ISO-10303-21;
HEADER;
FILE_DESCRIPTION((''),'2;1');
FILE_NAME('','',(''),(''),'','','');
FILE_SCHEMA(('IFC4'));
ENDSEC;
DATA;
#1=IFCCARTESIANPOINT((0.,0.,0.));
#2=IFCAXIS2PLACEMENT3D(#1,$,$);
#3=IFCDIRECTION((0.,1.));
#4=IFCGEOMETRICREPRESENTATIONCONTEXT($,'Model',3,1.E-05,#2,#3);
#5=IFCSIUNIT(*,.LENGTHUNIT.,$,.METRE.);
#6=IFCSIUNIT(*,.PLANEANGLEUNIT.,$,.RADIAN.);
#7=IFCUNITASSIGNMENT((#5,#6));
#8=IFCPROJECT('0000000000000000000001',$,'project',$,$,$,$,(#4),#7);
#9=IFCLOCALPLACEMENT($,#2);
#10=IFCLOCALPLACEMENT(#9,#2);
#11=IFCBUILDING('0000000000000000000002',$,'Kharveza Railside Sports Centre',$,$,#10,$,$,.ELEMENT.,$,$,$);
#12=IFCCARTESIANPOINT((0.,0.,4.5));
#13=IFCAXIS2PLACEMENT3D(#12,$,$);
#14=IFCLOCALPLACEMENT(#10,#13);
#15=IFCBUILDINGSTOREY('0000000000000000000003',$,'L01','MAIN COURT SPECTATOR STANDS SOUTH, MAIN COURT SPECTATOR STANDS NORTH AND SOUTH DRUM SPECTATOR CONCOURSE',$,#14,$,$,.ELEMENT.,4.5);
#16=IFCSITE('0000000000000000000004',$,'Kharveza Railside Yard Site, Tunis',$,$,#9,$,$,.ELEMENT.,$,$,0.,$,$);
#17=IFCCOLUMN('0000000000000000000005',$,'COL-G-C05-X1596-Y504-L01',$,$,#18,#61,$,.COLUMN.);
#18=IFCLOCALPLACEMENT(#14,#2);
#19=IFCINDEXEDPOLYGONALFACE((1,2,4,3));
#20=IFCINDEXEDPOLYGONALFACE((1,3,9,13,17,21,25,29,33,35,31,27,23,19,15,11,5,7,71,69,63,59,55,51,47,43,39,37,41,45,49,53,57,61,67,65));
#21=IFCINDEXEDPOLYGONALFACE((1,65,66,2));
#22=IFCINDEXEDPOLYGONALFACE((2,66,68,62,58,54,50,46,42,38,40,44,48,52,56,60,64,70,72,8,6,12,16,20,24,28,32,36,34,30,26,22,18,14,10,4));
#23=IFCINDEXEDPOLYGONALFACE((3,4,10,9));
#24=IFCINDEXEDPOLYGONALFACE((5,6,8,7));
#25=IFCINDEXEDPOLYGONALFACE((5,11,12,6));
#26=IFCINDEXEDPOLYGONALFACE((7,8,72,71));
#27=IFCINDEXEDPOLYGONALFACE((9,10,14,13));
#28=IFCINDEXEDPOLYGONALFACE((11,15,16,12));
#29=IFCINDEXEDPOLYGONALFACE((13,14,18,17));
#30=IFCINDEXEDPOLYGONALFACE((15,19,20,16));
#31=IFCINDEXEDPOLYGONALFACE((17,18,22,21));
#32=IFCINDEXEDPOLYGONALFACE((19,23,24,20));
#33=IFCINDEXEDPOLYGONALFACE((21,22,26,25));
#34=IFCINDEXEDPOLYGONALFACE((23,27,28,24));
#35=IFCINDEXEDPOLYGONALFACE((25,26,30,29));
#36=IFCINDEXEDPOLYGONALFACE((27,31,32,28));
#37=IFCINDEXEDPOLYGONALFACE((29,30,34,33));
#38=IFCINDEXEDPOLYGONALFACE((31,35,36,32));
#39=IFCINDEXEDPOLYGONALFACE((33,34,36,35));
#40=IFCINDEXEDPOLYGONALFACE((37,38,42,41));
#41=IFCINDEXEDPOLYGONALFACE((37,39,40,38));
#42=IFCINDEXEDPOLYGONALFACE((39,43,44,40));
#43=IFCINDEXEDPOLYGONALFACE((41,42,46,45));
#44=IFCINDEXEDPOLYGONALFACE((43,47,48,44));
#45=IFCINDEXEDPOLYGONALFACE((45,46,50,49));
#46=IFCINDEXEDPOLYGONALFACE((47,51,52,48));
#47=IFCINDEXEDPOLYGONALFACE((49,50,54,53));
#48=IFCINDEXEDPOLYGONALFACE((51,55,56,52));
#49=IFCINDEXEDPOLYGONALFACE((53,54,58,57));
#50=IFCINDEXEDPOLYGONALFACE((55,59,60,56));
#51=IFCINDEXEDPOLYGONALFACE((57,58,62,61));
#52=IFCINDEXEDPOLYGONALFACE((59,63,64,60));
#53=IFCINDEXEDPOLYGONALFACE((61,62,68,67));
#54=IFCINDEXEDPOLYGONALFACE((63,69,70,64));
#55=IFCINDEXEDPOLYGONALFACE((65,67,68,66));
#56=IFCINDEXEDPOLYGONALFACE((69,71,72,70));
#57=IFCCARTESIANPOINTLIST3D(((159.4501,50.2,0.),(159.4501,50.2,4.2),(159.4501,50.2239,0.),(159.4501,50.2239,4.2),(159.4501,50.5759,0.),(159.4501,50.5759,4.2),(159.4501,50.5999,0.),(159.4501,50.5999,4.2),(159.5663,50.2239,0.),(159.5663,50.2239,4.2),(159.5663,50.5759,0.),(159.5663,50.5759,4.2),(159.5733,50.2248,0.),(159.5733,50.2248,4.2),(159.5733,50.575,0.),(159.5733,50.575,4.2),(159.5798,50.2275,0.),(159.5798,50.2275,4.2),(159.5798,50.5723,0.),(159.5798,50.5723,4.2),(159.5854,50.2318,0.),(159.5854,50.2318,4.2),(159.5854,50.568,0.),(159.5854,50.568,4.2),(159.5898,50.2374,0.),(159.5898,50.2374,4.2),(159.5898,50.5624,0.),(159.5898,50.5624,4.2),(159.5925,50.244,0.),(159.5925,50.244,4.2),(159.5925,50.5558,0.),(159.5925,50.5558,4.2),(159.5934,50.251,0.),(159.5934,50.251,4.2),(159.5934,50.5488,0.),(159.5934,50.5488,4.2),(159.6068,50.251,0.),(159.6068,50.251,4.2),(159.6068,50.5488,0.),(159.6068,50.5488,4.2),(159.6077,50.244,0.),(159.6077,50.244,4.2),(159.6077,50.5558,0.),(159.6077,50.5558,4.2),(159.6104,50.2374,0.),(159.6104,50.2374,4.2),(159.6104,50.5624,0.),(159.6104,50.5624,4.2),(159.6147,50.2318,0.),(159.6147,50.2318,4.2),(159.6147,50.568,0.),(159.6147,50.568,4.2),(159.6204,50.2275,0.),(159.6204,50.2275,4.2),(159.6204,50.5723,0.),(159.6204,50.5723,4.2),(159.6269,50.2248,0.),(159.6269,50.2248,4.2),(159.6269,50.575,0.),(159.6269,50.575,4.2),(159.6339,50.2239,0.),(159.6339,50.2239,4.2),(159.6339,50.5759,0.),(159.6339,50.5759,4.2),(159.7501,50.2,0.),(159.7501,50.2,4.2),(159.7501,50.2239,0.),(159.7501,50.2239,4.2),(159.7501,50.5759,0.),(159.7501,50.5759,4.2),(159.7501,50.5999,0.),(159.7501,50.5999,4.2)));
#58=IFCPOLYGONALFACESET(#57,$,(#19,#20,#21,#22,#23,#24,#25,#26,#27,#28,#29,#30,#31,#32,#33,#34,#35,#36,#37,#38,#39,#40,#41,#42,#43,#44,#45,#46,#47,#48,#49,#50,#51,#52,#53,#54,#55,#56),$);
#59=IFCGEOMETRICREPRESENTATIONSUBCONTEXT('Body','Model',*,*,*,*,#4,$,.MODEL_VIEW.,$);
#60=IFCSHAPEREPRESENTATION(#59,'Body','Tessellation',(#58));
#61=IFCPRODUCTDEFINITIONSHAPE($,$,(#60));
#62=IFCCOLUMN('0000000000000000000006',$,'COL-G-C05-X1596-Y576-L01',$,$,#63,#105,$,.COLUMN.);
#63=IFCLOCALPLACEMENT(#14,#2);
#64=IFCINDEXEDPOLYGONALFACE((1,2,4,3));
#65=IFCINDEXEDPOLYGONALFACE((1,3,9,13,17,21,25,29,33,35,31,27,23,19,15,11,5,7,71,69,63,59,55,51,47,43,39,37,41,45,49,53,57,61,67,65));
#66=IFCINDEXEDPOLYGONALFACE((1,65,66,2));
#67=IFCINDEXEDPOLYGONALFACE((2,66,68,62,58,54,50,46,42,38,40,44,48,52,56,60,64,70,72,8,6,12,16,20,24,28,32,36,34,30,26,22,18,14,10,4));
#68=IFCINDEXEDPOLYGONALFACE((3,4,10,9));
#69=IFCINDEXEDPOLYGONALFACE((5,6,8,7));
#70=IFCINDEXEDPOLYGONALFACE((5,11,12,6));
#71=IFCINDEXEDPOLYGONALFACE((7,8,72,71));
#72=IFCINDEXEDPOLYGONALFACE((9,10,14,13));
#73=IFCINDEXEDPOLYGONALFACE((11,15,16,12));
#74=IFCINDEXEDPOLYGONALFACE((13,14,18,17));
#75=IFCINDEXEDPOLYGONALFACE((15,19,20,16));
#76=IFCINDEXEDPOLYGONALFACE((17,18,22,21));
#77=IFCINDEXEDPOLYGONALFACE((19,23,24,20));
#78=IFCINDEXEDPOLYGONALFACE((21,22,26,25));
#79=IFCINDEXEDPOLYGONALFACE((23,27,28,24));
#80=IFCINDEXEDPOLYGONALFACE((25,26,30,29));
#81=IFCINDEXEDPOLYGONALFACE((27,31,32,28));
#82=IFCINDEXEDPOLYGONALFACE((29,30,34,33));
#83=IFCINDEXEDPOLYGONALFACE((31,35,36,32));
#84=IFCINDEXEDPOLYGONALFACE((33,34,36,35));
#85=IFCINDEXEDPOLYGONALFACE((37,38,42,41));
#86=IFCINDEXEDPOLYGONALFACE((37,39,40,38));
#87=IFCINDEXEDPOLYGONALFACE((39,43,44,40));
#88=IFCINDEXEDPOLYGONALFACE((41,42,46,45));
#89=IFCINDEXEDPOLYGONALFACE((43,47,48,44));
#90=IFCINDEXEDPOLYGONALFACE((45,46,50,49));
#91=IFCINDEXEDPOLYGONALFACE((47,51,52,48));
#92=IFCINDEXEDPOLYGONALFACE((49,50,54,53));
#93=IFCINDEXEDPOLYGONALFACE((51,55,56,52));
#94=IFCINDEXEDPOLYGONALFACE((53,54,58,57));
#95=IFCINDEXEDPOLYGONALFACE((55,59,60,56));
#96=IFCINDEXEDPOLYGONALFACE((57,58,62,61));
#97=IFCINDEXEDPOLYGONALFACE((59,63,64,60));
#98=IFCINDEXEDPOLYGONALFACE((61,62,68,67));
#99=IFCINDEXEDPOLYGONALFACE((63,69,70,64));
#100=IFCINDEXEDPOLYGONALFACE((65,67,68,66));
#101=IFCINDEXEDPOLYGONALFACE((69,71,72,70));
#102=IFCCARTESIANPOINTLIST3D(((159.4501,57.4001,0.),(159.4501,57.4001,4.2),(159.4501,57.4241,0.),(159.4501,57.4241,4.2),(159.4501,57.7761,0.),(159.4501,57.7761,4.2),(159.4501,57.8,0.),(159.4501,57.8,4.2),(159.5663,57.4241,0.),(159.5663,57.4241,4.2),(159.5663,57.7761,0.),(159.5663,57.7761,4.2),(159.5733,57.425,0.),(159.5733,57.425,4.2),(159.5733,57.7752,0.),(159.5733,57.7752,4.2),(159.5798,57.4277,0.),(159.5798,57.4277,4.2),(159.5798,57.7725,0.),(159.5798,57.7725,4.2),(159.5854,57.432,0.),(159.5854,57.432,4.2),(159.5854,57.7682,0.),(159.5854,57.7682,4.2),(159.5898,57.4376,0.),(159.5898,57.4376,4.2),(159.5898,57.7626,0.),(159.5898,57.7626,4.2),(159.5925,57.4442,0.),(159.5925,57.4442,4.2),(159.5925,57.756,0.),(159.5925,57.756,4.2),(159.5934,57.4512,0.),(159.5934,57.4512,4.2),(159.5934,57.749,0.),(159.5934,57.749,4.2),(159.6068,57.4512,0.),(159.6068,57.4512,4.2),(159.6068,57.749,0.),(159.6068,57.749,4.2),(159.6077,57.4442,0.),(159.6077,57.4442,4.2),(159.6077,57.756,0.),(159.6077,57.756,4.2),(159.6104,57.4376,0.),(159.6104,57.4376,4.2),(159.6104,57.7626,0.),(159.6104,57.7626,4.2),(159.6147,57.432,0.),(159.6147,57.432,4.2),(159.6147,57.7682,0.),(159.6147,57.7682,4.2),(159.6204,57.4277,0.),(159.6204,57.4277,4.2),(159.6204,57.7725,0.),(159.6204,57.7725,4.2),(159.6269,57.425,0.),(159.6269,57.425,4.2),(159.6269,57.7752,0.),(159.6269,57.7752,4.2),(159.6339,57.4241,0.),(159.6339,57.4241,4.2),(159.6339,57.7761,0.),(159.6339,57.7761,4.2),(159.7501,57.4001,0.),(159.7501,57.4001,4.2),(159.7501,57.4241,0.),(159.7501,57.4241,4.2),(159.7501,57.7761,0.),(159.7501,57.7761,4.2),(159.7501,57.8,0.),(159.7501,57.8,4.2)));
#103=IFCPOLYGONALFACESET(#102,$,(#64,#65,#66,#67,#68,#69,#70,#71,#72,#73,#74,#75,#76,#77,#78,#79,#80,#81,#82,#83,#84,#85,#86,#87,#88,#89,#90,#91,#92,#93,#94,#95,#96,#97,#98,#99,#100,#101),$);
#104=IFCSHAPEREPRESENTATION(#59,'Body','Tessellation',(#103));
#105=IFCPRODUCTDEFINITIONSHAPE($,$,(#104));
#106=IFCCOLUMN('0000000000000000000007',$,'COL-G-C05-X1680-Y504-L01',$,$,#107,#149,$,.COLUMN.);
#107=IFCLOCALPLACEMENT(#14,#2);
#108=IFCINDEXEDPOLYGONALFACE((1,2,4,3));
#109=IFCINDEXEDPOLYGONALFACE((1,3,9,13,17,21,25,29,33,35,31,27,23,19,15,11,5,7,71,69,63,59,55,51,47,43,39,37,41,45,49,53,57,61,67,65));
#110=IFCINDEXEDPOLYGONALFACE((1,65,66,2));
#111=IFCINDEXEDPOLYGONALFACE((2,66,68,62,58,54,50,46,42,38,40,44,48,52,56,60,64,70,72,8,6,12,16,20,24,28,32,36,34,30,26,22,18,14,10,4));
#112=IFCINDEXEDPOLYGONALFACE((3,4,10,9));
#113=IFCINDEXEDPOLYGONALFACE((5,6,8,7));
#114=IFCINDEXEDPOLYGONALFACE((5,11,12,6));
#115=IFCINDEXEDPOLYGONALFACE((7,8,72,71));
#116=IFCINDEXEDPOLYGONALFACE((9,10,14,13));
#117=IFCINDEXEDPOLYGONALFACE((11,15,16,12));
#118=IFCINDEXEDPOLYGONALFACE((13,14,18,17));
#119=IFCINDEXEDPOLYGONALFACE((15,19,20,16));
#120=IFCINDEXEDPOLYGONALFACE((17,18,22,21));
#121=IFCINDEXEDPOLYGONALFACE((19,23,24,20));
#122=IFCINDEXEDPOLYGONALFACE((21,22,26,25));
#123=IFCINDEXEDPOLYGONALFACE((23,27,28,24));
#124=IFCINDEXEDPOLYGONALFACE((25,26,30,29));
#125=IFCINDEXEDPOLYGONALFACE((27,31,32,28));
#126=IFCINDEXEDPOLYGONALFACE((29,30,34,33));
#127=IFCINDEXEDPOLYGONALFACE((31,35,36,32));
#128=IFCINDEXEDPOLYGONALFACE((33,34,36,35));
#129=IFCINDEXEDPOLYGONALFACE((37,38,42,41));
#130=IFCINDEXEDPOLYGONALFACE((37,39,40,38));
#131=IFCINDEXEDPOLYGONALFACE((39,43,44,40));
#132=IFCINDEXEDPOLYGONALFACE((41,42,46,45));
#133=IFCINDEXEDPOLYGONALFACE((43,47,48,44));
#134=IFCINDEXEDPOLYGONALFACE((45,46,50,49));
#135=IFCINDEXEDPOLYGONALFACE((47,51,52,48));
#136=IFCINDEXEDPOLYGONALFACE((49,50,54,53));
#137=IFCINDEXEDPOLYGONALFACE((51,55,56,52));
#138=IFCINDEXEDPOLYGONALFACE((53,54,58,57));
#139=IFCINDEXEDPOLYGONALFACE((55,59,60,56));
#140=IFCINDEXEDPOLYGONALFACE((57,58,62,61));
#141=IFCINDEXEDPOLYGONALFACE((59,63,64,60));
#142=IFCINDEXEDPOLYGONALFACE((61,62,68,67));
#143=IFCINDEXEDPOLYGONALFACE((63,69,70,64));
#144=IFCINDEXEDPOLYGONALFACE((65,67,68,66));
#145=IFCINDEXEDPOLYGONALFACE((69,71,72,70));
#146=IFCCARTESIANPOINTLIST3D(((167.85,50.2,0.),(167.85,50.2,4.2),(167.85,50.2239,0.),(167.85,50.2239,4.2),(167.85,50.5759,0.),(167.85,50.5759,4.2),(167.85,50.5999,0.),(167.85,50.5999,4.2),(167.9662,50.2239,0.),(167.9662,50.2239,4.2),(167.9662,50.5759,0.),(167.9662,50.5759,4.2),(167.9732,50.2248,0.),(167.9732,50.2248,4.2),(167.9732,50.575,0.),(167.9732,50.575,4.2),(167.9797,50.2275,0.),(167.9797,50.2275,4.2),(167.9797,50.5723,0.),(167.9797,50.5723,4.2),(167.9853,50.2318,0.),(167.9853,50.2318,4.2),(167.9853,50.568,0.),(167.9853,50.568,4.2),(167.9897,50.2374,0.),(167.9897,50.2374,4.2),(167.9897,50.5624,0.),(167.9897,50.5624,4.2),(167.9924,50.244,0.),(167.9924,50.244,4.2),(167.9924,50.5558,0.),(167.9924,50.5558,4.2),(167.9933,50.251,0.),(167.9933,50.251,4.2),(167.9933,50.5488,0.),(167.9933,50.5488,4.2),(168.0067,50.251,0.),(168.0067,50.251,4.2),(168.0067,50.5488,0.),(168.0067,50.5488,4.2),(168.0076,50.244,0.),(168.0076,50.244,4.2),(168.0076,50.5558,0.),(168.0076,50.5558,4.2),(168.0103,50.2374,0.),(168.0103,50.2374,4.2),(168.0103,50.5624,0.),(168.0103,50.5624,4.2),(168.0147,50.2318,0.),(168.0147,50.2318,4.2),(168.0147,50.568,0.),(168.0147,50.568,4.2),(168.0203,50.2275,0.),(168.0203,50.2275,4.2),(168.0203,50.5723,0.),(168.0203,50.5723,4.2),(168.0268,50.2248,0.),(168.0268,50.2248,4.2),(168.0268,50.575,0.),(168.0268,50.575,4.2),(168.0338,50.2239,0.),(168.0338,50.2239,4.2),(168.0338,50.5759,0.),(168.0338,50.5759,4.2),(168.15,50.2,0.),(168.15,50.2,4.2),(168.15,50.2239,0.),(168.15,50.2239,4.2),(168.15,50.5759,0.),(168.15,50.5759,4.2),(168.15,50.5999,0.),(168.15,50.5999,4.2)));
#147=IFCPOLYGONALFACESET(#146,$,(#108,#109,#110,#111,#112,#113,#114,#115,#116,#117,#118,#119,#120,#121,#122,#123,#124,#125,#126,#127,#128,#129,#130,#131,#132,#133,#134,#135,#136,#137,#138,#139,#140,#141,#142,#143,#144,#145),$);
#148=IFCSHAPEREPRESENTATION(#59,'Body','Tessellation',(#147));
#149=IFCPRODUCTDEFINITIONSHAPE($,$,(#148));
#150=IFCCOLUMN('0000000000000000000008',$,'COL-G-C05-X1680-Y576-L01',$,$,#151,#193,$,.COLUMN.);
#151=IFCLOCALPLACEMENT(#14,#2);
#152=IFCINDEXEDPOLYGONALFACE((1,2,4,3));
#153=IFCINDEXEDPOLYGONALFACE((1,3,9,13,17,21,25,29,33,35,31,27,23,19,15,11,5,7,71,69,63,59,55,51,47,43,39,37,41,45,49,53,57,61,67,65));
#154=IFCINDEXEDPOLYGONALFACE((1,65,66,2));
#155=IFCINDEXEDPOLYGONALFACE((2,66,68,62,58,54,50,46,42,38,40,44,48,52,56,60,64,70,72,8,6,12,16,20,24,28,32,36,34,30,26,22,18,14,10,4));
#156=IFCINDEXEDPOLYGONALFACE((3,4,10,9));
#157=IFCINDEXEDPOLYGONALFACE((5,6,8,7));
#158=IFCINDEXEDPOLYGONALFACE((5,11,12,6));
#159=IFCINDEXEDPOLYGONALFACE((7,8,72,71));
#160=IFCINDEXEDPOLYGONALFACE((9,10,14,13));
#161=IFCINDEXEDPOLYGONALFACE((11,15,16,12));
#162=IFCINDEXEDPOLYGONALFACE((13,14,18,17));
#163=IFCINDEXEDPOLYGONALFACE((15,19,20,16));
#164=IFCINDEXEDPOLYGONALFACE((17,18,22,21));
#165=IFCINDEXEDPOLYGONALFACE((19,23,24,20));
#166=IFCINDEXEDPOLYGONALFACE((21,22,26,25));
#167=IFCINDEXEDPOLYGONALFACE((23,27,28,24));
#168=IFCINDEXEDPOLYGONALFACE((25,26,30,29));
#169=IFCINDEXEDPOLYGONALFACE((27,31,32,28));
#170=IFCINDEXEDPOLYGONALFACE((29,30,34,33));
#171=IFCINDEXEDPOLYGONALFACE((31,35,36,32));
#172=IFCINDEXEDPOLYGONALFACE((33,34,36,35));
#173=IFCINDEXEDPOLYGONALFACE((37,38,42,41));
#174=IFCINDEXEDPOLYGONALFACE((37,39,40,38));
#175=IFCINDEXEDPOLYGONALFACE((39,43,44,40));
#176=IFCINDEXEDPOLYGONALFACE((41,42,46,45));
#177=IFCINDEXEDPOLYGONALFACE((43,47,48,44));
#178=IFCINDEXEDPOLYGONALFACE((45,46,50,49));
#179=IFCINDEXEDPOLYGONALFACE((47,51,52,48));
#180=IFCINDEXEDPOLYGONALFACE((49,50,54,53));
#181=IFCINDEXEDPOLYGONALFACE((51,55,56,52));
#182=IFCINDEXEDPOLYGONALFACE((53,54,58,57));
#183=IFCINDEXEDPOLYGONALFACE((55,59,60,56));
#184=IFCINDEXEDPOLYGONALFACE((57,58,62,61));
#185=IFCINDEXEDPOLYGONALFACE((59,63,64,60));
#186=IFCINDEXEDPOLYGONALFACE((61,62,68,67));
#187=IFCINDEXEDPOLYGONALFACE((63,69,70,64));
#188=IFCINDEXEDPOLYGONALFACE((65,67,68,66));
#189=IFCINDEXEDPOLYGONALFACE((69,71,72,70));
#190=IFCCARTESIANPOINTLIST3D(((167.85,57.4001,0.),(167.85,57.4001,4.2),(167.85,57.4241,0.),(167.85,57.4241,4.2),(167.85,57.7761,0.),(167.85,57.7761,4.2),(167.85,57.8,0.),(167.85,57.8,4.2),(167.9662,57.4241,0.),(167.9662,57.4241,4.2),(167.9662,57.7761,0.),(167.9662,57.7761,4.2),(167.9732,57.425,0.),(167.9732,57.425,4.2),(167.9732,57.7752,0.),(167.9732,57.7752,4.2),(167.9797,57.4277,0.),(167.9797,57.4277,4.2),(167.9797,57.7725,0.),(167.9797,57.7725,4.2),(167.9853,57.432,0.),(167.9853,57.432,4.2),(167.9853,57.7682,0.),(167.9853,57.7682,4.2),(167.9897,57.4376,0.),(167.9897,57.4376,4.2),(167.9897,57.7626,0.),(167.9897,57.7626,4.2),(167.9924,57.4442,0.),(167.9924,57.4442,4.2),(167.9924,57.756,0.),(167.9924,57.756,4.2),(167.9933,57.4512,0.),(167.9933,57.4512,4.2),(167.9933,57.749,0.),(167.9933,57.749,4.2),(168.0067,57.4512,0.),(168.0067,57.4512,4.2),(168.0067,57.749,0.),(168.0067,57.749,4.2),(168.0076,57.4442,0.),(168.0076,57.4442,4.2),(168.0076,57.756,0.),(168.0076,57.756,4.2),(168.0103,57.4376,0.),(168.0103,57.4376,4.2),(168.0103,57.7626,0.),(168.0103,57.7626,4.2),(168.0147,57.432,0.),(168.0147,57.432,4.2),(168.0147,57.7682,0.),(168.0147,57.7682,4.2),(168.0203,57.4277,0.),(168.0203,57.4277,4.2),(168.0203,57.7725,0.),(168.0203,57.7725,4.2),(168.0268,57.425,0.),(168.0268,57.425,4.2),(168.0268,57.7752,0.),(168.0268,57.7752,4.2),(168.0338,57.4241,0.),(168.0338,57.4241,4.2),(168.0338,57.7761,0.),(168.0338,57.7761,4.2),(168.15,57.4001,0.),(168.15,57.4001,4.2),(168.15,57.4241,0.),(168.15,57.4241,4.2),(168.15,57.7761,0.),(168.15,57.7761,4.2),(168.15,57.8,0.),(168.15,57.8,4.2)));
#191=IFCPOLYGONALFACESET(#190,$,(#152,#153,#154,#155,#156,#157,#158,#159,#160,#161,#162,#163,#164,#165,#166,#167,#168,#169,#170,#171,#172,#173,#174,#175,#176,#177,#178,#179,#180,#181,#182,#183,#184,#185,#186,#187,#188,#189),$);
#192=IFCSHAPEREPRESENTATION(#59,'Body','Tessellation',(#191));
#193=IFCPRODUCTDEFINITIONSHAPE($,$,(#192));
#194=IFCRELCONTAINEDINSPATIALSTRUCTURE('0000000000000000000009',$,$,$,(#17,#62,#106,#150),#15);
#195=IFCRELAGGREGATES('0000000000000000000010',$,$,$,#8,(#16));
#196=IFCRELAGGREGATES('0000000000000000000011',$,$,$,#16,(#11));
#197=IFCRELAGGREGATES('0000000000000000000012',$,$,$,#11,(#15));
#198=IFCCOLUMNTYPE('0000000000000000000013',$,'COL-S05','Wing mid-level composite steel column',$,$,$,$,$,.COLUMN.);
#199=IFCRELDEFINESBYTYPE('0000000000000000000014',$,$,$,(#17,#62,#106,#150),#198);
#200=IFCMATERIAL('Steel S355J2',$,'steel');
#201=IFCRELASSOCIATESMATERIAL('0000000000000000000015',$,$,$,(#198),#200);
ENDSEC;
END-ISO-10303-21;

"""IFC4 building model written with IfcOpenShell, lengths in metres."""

from ifc_helpers import new_model, si_unit, direction, frame, origin, origin_2d, place, context, subcontext, project, spatial, i_section, extrude, material, material_profile, profile_set, type_object, element, save


model = new_model("IFC4")

# Units and contexts
model_context = context("Model", 3, precision=1e-05, world=origin(), true_north=direction((0.0, 1.0)))
body_context = subcontext(model_context, "Body", "Model", "MODEL_VIEW")
ifc_project = project(units=[si_unit("LENGTHUNIT", "METRE"), si_unit("PLANEANGLEUNIT", "RADIAN")], contexts=[model_context])

# Site, building, storey
site_placement = place(None, origin())
site = spatial("IfcSite", under=ifc_project, at=site_placement, Name="Kharveza Railside Yard Site, Tunis", CompositionType="ELEMENT", RefElevation=0.0)
building_placement = place(site_placement, origin())
building = spatial("IfcBuilding", under=site, at=building_placement, Name="Kharveza Railside Sports Centre", CompositionType="ELEMENT")
storey_placement = place(building_placement, frame((0.0, 0.0, 4.5)))
storey = spatial("IfcBuildingStorey", under=building, at=storey_placement, Name="L01", Description="MAIN COURT SPECTATOR STANDS SOUTH, MAIN COURT SPECTATOR STANDS NORTH AND SOUTH DRUM SPECTATOR CONCOURSE", CompositionType="ELEMENT", Elevation=4.5)

# Columns
ifc_material_1 = material(Name="Steel S355J2", Category="steel")
ifc_material_profile_1 = material_profile(ifc_material_1, i_section(OverallWidth=0.3, OverallDepth=0.3999, WebThickness=0.0134, FlangeThickness=0.0239, FilletRadius=0.0271, at=origin_2d()), Name="HEB 400")
ifc_profile_set_1 = profile_set([ifc_material_profile_1], Name="Steel S355J2")
column_type = type_object("IfcColumnType", Name="COL-S05", Description="Wing mid-level composite steel column", PredefinedType="COLUMN", material=ifc_profile_set_1)
for number, where, z_axis, x_axis, name in (
    (1, (159.6001, 50.3999, 0.0), (0.0, 0.0, 1.0), (1.0, 0.0, 0.0), "COL-G-C05-X1596-Y504-L01"),
    (2, (159.6001, 57.6001, 0.0), (0.0, 0.0, 1.0), (1.0, 0.0, 0.0), "COL-G-C05-X1596-Y576-L01"),
    (3, (168.0, 50.3999, 0.0), (0.0, 0.0, 1.0), (1.0, 0.0, 0.0), "COL-G-C05-X1680-Y504-L01"),
    (4, (168.0, 57.6001, 0.0), (0.0, 0.0, 1.0), (1.0, 0.0, 0.0), "COL-G-C05-X1680-Y576-L01"),
):
    element("IfcColumn", number, at=place(storey_placement, frame(where, z_axis=z_axis, x_axis=x_axis)), inside=storey, type_object=column_type, Name=name, PredefinedType="COLUMN", context=body_context, shape_type="SweptSolid", body=[
        extrude(i_section(OverallWidth=0.3, OverallDepth=0.3999, WebThickness=0.0134, FlangeThickness=0.0239, FilletRadius=0.0271, at=origin_2d()), origin(), (0.0, 0.0, 1.0), 4.2),
    ])

save(model, "model.ifc")
